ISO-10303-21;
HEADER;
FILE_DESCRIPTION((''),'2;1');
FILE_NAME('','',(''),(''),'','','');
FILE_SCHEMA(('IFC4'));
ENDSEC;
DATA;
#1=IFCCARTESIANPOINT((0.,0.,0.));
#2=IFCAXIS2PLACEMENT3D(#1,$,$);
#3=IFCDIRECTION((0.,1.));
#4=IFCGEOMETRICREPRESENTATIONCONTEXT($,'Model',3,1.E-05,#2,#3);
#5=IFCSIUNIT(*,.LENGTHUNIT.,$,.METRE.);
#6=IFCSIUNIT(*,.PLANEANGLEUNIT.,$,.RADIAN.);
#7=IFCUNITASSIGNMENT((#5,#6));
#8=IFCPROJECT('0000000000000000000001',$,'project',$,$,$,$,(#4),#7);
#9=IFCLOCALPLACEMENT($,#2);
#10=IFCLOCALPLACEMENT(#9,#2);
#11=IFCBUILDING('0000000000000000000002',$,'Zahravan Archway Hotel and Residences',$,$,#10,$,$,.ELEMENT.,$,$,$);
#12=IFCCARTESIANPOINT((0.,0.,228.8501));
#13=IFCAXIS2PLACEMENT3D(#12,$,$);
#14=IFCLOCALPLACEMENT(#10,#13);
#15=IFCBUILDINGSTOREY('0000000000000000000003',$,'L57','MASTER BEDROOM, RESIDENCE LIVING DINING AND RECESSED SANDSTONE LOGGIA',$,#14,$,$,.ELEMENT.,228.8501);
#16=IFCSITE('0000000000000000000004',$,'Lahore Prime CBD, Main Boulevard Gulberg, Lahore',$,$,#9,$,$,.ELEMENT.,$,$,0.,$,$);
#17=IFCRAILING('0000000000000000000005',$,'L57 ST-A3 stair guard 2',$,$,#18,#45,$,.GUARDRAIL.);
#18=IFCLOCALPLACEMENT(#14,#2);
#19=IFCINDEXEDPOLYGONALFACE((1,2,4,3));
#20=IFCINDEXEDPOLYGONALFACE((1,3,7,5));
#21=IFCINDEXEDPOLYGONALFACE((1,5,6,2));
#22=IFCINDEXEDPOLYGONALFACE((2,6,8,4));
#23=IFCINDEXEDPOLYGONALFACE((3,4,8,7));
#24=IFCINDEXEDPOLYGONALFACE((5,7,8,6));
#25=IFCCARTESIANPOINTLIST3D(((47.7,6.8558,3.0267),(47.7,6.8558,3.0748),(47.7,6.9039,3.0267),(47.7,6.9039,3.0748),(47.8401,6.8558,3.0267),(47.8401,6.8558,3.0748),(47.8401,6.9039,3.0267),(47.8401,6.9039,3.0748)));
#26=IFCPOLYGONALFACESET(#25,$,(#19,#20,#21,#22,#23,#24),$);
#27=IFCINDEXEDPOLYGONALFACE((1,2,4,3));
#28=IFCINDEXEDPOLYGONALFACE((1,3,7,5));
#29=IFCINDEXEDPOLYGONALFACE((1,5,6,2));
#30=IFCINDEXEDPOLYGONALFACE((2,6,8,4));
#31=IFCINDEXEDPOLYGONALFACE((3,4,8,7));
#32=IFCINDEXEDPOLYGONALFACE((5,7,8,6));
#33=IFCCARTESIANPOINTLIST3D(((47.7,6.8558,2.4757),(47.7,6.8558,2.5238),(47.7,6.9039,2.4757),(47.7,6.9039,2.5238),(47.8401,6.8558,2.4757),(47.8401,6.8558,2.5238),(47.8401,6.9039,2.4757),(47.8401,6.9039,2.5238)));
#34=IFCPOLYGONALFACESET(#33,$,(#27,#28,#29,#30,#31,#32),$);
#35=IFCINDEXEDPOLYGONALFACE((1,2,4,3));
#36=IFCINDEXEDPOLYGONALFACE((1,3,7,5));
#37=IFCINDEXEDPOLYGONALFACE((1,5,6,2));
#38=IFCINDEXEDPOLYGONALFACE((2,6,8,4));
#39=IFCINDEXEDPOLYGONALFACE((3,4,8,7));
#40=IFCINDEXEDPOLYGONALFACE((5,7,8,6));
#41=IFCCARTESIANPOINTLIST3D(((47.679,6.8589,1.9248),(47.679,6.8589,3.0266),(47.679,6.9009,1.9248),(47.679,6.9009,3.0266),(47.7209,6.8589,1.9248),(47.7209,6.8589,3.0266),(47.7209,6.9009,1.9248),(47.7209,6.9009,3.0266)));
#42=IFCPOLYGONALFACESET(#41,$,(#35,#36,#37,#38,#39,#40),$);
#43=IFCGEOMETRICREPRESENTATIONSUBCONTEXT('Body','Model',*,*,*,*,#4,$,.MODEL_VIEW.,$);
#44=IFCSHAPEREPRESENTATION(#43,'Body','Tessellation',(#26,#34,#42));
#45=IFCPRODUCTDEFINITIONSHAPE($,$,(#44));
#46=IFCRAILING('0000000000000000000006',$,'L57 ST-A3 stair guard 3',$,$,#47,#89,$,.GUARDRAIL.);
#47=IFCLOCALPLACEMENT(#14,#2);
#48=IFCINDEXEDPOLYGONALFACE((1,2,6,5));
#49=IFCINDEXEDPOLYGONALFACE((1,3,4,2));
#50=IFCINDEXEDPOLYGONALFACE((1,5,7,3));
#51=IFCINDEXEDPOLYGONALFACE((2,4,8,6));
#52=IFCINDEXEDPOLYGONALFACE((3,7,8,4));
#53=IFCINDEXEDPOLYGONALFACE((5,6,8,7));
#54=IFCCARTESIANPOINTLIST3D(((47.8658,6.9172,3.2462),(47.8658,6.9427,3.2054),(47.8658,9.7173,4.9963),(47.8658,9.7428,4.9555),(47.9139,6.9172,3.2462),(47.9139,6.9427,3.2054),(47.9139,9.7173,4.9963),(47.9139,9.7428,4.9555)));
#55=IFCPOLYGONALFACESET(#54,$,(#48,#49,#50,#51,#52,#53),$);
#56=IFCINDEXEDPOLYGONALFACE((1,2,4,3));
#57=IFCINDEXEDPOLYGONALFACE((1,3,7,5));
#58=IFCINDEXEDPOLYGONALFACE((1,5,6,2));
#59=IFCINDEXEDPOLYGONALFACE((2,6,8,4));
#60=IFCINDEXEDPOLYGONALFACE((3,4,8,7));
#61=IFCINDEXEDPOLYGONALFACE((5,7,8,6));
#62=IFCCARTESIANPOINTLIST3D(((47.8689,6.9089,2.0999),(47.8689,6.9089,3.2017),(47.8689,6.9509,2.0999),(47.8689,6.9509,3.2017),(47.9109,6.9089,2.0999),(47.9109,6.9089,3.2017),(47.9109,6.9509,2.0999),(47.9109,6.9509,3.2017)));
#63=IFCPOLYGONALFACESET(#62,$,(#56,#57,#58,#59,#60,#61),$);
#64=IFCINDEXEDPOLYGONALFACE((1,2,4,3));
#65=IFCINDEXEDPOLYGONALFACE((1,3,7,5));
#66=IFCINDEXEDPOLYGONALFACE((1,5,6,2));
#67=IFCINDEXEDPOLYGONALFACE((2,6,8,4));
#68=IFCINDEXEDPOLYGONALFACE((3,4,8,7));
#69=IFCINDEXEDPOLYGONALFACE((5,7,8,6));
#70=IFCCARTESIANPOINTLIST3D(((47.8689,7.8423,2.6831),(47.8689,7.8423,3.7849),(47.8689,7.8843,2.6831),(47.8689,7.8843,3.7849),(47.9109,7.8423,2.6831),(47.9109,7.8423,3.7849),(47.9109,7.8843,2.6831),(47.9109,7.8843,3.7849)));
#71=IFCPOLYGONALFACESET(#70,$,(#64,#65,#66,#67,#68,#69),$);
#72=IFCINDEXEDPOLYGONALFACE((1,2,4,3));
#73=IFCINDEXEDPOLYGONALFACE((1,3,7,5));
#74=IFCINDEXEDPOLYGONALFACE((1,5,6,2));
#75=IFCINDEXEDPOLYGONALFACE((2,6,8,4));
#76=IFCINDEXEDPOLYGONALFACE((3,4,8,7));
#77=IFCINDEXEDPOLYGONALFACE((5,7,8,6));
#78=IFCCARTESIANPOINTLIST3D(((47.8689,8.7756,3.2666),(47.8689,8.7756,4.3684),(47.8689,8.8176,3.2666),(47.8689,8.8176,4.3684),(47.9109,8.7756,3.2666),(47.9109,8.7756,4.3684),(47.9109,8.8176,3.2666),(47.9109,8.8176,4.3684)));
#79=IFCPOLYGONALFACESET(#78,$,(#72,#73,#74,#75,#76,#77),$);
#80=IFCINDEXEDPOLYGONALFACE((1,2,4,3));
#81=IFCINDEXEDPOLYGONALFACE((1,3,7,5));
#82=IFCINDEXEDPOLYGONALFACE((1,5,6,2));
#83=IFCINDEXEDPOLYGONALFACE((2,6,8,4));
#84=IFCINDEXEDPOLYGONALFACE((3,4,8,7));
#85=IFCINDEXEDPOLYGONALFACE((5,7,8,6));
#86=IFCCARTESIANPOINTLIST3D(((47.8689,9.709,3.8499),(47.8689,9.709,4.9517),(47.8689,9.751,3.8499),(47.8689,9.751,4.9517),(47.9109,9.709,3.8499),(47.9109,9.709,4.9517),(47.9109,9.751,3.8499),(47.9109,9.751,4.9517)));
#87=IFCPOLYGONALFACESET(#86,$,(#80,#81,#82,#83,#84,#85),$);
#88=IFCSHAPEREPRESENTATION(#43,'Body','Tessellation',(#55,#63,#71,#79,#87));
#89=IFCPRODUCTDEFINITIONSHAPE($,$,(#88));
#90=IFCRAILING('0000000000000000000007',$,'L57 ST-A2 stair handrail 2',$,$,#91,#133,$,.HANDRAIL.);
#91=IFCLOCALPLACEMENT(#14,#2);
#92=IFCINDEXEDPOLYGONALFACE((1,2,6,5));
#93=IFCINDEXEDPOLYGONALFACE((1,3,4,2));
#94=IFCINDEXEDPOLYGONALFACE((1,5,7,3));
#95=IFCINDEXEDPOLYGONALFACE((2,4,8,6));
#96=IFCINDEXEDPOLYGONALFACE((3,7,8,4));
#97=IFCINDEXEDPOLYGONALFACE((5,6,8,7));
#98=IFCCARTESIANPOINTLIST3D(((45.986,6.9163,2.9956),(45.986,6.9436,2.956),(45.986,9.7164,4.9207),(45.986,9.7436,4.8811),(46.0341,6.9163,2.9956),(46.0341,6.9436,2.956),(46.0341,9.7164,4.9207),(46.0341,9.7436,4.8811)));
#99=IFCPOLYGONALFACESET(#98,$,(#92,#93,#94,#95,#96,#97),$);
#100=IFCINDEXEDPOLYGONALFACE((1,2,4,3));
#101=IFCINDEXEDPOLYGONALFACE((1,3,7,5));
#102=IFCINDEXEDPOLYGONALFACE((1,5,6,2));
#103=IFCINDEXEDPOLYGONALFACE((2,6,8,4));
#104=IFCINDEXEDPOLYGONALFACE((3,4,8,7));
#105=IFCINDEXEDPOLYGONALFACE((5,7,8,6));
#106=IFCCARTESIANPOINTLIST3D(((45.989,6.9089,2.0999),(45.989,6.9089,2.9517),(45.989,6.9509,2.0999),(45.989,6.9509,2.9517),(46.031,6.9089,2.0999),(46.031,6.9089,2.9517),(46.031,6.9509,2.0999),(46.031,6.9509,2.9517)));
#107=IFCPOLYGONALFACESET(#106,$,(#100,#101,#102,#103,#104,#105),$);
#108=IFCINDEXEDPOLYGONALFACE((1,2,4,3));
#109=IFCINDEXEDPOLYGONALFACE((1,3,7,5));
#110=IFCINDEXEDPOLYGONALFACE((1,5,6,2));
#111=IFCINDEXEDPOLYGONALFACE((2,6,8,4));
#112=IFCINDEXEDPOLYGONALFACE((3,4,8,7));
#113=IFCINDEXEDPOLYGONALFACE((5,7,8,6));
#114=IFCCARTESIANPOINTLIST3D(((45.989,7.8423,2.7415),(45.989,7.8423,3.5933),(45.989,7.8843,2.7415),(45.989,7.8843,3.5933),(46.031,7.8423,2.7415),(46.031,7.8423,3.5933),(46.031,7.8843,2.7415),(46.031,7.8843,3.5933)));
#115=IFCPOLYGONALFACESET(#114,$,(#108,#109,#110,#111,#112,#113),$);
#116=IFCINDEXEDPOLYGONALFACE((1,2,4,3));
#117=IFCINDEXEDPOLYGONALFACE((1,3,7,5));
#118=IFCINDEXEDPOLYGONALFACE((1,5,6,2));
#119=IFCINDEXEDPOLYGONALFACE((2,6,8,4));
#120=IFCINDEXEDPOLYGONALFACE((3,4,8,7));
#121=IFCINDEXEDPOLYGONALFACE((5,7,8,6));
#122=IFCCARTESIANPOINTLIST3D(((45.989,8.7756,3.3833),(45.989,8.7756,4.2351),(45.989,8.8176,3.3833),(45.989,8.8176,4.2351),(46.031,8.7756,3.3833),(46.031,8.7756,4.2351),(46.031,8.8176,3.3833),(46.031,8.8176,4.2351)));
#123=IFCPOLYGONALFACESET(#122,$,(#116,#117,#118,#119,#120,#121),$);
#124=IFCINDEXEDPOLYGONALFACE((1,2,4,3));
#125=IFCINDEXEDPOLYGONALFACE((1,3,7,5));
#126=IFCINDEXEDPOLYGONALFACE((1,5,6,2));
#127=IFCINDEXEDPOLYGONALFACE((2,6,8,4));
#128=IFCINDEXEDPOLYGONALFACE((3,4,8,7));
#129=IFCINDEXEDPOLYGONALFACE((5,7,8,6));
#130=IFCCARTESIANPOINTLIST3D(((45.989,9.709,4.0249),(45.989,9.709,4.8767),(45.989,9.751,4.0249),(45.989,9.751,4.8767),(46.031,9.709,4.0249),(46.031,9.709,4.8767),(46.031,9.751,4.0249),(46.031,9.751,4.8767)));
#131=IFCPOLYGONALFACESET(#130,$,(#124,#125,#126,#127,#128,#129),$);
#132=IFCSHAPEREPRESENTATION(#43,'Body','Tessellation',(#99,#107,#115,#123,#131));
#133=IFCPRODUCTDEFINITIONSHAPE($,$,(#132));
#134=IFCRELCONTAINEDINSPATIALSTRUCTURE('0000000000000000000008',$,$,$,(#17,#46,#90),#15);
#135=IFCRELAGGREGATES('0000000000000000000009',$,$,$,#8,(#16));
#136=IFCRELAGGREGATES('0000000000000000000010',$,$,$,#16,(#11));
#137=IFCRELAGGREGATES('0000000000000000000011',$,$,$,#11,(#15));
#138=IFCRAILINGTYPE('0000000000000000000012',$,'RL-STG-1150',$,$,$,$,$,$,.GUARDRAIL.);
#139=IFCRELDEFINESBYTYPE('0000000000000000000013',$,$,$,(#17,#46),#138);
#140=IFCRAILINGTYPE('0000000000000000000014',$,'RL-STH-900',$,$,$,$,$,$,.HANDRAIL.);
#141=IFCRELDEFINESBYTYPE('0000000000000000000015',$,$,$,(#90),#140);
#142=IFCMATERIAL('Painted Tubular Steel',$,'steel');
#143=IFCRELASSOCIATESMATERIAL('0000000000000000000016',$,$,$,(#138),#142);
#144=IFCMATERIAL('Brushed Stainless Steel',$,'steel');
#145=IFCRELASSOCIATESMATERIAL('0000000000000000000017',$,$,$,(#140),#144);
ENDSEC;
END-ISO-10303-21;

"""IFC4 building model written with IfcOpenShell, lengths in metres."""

from ifc_helpers import new_model, si_unit, direction, frame, origin, origin_2d, place, context, subcontext, project, spatial, rectangle, extrude, material, type_object, element, save


model = new_model("IFC4")

# Units and contexts
model_context = context("Model", 3, precision=1e-05, world=origin(), true_north=direction((0.0, 1.0)))
body_context = subcontext(model_context, "Body", "Model", "MODEL_VIEW")
ifc_project = project(units=[si_unit("LENGTHUNIT", "METRE"), si_unit("PLANEANGLEUNIT", "RADIAN")], contexts=[model_context])

# Site, building, storey
site_placement = place(None, origin())
site = spatial("IfcSite", under=ifc_project, at=site_placement, Name="Lahore Prime CBD, Main Boulevard Gulberg, Lahore", CompositionType="ELEMENT", RefElevation=0.0)
building_placement = place(site_placement, origin())
building = spatial("IfcBuilding", under=site, at=building_placement, Name="Zahravan Archway Hotel and Residences", CompositionType="ELEMENT")
storey_placement = place(building_placement, frame((0.0, 0.0, 228.8501)))
storey = spatial("IfcBuildingStorey", under=building, at=storey_placement, Name="L57", Description="MASTER BEDROOM, RESIDENCE LIVING DINING AND RECESSED SANDSTONE LOGGIA", CompositionType="ELEMENT", Elevation=228.8501)

# Railings
ifc_material_1 = material(Name="Painted Tubular Steel", Category="steel")
railing_type_1 = type_object("IfcRailingType", Name="RL-STG-1150", PredefinedType="GUARDRAIL", material=ifc_material_1)
railing_1_placement = place(storey_placement, frame((47.7, 6.8799, 1.9248)))
element("IfcRailing", 1, at=railing_1_placement, inside=storey, type_object=railing_type_1, Name="L57 ST-A3 stair guard 2", PredefinedType="GUARDRAIL", context=body_context, shape_type="SweptSolid", body=[
    extrude(rectangle(XDim=0.0481, YDim=0.0481, at=origin_2d()), frame((0.0, 0.0, 1.126), z_axis=(1.0, 0.0, 0.0), x_axis=(0.0, 1.0, 0.0)), (0.0, 0.0, 1.0), 0.1401),
    extrude(rectangle(XDim=0.0481, YDim=0.0481, at=origin_2d()), frame((0.0, 0.0, 0.575), z_axis=(1.0, 0.0, 0.0), x_axis=(0.0, 1.0, 0.0)), (0.0, 0.0, 1.0), 0.1401),
    extrude(rectangle(XDim=0.042, YDim=0.042, at=origin_2d()), origin(), (0.0, 0.0, 1.0), 1.1018),
])
railing_2_placement = place(storey_placement, frame((47.8899, 6.9299, 2.0999)))
element("IfcRailing", 2, at=railing_2_placement, inside=storey, type_object=railing_type_1, Name="L57 ST-A3 stair guard 3", PredefinedType="GUARDRAIL", context=body_context, shape_type="SweptSolid", body=[
    extrude(rectangle(XDim=0.0481, YDim=0.0481, at=origin_2d()), frame((0.0, 0.0, 1.126), z_axis=(0.0, 0.848002, 0.529992), x_axis=(-1.0, 0.0, 0.0)), (0.0, 0.0, 1.0), 3.302),
    extrude(rectangle(XDim=0.042, YDim=0.042, at=origin_2d()), origin(), (0.0, 0.0, 1.0), 1.1018),
    extrude(rectangle(XDim=0.042, YDim=0.042, at=origin_2d()), frame((0.0, 0.9333, 0.5833)), (0.0, 0.0, 1.0), 1.1018),
    extrude(rectangle(XDim=0.042, YDim=0.042, at=origin_2d()), frame((0.0, 1.8667, 1.1667)), (0.0, 0.0, 1.0), 1.1018),
    extrude(rectangle(XDim=0.042, YDim=0.042, at=origin_2d()), frame((0.0, 2.8, 1.75)), (0.0, 0.0, 1.0), 1.1018),
])
ifc_material_2 = material(Name="Brushed Stainless Steel", Category="steel")
railing_type_2 = type_object("IfcRailingType", Name="RL-STH-900", PredefinedType="HANDRAIL", material=ifc_material_2)
railing_3_placement = place(storey_placement, frame((46.01, 6.9299, 2.0999)))
element("IfcRailing", 3, at=railing_3_placement, inside=storey, type_object=railing_type_2, Name="L57 ST-A2 stair handrail 2", PredefinedType="HANDRAIL", context=body_context, shape_type="SweptSolid", body=[
    extrude(rectangle(XDim=0.0481, YDim=0.0481, at=origin_2d()), frame((0.0, 0.0, 0.876), z_axis=(0.0, 0.82404, 0.566532), x_axis=(-1.0, 0.0, 0.0)), (0.0, 0.0, 1.0), 3.3979),
    extrude(rectangle(XDim=0.042, YDim=0.042, at=origin_2d()), origin(), (0.0, 0.0, 1.0), 0.8518),
    extrude(rectangle(XDim=0.042, YDim=0.042, at=origin_2d()), frame((0.0, 0.9333, 0.6416)), (0.0, 0.0, 1.0), 0.8518),
    extrude(rectangle(XDim=0.042, YDim=0.042, at=origin_2d()), frame((0.0, 1.8667, 1.2834)), (0.0, 0.0, 1.0), 0.8518),
    extrude(rectangle(XDim=0.042, YDim=0.042, at=origin_2d()), frame((0.0, 2.8, 1.925)), (0.0, 0.0, 1.0), 0.8518),
])

save(model, "model.ifc")
